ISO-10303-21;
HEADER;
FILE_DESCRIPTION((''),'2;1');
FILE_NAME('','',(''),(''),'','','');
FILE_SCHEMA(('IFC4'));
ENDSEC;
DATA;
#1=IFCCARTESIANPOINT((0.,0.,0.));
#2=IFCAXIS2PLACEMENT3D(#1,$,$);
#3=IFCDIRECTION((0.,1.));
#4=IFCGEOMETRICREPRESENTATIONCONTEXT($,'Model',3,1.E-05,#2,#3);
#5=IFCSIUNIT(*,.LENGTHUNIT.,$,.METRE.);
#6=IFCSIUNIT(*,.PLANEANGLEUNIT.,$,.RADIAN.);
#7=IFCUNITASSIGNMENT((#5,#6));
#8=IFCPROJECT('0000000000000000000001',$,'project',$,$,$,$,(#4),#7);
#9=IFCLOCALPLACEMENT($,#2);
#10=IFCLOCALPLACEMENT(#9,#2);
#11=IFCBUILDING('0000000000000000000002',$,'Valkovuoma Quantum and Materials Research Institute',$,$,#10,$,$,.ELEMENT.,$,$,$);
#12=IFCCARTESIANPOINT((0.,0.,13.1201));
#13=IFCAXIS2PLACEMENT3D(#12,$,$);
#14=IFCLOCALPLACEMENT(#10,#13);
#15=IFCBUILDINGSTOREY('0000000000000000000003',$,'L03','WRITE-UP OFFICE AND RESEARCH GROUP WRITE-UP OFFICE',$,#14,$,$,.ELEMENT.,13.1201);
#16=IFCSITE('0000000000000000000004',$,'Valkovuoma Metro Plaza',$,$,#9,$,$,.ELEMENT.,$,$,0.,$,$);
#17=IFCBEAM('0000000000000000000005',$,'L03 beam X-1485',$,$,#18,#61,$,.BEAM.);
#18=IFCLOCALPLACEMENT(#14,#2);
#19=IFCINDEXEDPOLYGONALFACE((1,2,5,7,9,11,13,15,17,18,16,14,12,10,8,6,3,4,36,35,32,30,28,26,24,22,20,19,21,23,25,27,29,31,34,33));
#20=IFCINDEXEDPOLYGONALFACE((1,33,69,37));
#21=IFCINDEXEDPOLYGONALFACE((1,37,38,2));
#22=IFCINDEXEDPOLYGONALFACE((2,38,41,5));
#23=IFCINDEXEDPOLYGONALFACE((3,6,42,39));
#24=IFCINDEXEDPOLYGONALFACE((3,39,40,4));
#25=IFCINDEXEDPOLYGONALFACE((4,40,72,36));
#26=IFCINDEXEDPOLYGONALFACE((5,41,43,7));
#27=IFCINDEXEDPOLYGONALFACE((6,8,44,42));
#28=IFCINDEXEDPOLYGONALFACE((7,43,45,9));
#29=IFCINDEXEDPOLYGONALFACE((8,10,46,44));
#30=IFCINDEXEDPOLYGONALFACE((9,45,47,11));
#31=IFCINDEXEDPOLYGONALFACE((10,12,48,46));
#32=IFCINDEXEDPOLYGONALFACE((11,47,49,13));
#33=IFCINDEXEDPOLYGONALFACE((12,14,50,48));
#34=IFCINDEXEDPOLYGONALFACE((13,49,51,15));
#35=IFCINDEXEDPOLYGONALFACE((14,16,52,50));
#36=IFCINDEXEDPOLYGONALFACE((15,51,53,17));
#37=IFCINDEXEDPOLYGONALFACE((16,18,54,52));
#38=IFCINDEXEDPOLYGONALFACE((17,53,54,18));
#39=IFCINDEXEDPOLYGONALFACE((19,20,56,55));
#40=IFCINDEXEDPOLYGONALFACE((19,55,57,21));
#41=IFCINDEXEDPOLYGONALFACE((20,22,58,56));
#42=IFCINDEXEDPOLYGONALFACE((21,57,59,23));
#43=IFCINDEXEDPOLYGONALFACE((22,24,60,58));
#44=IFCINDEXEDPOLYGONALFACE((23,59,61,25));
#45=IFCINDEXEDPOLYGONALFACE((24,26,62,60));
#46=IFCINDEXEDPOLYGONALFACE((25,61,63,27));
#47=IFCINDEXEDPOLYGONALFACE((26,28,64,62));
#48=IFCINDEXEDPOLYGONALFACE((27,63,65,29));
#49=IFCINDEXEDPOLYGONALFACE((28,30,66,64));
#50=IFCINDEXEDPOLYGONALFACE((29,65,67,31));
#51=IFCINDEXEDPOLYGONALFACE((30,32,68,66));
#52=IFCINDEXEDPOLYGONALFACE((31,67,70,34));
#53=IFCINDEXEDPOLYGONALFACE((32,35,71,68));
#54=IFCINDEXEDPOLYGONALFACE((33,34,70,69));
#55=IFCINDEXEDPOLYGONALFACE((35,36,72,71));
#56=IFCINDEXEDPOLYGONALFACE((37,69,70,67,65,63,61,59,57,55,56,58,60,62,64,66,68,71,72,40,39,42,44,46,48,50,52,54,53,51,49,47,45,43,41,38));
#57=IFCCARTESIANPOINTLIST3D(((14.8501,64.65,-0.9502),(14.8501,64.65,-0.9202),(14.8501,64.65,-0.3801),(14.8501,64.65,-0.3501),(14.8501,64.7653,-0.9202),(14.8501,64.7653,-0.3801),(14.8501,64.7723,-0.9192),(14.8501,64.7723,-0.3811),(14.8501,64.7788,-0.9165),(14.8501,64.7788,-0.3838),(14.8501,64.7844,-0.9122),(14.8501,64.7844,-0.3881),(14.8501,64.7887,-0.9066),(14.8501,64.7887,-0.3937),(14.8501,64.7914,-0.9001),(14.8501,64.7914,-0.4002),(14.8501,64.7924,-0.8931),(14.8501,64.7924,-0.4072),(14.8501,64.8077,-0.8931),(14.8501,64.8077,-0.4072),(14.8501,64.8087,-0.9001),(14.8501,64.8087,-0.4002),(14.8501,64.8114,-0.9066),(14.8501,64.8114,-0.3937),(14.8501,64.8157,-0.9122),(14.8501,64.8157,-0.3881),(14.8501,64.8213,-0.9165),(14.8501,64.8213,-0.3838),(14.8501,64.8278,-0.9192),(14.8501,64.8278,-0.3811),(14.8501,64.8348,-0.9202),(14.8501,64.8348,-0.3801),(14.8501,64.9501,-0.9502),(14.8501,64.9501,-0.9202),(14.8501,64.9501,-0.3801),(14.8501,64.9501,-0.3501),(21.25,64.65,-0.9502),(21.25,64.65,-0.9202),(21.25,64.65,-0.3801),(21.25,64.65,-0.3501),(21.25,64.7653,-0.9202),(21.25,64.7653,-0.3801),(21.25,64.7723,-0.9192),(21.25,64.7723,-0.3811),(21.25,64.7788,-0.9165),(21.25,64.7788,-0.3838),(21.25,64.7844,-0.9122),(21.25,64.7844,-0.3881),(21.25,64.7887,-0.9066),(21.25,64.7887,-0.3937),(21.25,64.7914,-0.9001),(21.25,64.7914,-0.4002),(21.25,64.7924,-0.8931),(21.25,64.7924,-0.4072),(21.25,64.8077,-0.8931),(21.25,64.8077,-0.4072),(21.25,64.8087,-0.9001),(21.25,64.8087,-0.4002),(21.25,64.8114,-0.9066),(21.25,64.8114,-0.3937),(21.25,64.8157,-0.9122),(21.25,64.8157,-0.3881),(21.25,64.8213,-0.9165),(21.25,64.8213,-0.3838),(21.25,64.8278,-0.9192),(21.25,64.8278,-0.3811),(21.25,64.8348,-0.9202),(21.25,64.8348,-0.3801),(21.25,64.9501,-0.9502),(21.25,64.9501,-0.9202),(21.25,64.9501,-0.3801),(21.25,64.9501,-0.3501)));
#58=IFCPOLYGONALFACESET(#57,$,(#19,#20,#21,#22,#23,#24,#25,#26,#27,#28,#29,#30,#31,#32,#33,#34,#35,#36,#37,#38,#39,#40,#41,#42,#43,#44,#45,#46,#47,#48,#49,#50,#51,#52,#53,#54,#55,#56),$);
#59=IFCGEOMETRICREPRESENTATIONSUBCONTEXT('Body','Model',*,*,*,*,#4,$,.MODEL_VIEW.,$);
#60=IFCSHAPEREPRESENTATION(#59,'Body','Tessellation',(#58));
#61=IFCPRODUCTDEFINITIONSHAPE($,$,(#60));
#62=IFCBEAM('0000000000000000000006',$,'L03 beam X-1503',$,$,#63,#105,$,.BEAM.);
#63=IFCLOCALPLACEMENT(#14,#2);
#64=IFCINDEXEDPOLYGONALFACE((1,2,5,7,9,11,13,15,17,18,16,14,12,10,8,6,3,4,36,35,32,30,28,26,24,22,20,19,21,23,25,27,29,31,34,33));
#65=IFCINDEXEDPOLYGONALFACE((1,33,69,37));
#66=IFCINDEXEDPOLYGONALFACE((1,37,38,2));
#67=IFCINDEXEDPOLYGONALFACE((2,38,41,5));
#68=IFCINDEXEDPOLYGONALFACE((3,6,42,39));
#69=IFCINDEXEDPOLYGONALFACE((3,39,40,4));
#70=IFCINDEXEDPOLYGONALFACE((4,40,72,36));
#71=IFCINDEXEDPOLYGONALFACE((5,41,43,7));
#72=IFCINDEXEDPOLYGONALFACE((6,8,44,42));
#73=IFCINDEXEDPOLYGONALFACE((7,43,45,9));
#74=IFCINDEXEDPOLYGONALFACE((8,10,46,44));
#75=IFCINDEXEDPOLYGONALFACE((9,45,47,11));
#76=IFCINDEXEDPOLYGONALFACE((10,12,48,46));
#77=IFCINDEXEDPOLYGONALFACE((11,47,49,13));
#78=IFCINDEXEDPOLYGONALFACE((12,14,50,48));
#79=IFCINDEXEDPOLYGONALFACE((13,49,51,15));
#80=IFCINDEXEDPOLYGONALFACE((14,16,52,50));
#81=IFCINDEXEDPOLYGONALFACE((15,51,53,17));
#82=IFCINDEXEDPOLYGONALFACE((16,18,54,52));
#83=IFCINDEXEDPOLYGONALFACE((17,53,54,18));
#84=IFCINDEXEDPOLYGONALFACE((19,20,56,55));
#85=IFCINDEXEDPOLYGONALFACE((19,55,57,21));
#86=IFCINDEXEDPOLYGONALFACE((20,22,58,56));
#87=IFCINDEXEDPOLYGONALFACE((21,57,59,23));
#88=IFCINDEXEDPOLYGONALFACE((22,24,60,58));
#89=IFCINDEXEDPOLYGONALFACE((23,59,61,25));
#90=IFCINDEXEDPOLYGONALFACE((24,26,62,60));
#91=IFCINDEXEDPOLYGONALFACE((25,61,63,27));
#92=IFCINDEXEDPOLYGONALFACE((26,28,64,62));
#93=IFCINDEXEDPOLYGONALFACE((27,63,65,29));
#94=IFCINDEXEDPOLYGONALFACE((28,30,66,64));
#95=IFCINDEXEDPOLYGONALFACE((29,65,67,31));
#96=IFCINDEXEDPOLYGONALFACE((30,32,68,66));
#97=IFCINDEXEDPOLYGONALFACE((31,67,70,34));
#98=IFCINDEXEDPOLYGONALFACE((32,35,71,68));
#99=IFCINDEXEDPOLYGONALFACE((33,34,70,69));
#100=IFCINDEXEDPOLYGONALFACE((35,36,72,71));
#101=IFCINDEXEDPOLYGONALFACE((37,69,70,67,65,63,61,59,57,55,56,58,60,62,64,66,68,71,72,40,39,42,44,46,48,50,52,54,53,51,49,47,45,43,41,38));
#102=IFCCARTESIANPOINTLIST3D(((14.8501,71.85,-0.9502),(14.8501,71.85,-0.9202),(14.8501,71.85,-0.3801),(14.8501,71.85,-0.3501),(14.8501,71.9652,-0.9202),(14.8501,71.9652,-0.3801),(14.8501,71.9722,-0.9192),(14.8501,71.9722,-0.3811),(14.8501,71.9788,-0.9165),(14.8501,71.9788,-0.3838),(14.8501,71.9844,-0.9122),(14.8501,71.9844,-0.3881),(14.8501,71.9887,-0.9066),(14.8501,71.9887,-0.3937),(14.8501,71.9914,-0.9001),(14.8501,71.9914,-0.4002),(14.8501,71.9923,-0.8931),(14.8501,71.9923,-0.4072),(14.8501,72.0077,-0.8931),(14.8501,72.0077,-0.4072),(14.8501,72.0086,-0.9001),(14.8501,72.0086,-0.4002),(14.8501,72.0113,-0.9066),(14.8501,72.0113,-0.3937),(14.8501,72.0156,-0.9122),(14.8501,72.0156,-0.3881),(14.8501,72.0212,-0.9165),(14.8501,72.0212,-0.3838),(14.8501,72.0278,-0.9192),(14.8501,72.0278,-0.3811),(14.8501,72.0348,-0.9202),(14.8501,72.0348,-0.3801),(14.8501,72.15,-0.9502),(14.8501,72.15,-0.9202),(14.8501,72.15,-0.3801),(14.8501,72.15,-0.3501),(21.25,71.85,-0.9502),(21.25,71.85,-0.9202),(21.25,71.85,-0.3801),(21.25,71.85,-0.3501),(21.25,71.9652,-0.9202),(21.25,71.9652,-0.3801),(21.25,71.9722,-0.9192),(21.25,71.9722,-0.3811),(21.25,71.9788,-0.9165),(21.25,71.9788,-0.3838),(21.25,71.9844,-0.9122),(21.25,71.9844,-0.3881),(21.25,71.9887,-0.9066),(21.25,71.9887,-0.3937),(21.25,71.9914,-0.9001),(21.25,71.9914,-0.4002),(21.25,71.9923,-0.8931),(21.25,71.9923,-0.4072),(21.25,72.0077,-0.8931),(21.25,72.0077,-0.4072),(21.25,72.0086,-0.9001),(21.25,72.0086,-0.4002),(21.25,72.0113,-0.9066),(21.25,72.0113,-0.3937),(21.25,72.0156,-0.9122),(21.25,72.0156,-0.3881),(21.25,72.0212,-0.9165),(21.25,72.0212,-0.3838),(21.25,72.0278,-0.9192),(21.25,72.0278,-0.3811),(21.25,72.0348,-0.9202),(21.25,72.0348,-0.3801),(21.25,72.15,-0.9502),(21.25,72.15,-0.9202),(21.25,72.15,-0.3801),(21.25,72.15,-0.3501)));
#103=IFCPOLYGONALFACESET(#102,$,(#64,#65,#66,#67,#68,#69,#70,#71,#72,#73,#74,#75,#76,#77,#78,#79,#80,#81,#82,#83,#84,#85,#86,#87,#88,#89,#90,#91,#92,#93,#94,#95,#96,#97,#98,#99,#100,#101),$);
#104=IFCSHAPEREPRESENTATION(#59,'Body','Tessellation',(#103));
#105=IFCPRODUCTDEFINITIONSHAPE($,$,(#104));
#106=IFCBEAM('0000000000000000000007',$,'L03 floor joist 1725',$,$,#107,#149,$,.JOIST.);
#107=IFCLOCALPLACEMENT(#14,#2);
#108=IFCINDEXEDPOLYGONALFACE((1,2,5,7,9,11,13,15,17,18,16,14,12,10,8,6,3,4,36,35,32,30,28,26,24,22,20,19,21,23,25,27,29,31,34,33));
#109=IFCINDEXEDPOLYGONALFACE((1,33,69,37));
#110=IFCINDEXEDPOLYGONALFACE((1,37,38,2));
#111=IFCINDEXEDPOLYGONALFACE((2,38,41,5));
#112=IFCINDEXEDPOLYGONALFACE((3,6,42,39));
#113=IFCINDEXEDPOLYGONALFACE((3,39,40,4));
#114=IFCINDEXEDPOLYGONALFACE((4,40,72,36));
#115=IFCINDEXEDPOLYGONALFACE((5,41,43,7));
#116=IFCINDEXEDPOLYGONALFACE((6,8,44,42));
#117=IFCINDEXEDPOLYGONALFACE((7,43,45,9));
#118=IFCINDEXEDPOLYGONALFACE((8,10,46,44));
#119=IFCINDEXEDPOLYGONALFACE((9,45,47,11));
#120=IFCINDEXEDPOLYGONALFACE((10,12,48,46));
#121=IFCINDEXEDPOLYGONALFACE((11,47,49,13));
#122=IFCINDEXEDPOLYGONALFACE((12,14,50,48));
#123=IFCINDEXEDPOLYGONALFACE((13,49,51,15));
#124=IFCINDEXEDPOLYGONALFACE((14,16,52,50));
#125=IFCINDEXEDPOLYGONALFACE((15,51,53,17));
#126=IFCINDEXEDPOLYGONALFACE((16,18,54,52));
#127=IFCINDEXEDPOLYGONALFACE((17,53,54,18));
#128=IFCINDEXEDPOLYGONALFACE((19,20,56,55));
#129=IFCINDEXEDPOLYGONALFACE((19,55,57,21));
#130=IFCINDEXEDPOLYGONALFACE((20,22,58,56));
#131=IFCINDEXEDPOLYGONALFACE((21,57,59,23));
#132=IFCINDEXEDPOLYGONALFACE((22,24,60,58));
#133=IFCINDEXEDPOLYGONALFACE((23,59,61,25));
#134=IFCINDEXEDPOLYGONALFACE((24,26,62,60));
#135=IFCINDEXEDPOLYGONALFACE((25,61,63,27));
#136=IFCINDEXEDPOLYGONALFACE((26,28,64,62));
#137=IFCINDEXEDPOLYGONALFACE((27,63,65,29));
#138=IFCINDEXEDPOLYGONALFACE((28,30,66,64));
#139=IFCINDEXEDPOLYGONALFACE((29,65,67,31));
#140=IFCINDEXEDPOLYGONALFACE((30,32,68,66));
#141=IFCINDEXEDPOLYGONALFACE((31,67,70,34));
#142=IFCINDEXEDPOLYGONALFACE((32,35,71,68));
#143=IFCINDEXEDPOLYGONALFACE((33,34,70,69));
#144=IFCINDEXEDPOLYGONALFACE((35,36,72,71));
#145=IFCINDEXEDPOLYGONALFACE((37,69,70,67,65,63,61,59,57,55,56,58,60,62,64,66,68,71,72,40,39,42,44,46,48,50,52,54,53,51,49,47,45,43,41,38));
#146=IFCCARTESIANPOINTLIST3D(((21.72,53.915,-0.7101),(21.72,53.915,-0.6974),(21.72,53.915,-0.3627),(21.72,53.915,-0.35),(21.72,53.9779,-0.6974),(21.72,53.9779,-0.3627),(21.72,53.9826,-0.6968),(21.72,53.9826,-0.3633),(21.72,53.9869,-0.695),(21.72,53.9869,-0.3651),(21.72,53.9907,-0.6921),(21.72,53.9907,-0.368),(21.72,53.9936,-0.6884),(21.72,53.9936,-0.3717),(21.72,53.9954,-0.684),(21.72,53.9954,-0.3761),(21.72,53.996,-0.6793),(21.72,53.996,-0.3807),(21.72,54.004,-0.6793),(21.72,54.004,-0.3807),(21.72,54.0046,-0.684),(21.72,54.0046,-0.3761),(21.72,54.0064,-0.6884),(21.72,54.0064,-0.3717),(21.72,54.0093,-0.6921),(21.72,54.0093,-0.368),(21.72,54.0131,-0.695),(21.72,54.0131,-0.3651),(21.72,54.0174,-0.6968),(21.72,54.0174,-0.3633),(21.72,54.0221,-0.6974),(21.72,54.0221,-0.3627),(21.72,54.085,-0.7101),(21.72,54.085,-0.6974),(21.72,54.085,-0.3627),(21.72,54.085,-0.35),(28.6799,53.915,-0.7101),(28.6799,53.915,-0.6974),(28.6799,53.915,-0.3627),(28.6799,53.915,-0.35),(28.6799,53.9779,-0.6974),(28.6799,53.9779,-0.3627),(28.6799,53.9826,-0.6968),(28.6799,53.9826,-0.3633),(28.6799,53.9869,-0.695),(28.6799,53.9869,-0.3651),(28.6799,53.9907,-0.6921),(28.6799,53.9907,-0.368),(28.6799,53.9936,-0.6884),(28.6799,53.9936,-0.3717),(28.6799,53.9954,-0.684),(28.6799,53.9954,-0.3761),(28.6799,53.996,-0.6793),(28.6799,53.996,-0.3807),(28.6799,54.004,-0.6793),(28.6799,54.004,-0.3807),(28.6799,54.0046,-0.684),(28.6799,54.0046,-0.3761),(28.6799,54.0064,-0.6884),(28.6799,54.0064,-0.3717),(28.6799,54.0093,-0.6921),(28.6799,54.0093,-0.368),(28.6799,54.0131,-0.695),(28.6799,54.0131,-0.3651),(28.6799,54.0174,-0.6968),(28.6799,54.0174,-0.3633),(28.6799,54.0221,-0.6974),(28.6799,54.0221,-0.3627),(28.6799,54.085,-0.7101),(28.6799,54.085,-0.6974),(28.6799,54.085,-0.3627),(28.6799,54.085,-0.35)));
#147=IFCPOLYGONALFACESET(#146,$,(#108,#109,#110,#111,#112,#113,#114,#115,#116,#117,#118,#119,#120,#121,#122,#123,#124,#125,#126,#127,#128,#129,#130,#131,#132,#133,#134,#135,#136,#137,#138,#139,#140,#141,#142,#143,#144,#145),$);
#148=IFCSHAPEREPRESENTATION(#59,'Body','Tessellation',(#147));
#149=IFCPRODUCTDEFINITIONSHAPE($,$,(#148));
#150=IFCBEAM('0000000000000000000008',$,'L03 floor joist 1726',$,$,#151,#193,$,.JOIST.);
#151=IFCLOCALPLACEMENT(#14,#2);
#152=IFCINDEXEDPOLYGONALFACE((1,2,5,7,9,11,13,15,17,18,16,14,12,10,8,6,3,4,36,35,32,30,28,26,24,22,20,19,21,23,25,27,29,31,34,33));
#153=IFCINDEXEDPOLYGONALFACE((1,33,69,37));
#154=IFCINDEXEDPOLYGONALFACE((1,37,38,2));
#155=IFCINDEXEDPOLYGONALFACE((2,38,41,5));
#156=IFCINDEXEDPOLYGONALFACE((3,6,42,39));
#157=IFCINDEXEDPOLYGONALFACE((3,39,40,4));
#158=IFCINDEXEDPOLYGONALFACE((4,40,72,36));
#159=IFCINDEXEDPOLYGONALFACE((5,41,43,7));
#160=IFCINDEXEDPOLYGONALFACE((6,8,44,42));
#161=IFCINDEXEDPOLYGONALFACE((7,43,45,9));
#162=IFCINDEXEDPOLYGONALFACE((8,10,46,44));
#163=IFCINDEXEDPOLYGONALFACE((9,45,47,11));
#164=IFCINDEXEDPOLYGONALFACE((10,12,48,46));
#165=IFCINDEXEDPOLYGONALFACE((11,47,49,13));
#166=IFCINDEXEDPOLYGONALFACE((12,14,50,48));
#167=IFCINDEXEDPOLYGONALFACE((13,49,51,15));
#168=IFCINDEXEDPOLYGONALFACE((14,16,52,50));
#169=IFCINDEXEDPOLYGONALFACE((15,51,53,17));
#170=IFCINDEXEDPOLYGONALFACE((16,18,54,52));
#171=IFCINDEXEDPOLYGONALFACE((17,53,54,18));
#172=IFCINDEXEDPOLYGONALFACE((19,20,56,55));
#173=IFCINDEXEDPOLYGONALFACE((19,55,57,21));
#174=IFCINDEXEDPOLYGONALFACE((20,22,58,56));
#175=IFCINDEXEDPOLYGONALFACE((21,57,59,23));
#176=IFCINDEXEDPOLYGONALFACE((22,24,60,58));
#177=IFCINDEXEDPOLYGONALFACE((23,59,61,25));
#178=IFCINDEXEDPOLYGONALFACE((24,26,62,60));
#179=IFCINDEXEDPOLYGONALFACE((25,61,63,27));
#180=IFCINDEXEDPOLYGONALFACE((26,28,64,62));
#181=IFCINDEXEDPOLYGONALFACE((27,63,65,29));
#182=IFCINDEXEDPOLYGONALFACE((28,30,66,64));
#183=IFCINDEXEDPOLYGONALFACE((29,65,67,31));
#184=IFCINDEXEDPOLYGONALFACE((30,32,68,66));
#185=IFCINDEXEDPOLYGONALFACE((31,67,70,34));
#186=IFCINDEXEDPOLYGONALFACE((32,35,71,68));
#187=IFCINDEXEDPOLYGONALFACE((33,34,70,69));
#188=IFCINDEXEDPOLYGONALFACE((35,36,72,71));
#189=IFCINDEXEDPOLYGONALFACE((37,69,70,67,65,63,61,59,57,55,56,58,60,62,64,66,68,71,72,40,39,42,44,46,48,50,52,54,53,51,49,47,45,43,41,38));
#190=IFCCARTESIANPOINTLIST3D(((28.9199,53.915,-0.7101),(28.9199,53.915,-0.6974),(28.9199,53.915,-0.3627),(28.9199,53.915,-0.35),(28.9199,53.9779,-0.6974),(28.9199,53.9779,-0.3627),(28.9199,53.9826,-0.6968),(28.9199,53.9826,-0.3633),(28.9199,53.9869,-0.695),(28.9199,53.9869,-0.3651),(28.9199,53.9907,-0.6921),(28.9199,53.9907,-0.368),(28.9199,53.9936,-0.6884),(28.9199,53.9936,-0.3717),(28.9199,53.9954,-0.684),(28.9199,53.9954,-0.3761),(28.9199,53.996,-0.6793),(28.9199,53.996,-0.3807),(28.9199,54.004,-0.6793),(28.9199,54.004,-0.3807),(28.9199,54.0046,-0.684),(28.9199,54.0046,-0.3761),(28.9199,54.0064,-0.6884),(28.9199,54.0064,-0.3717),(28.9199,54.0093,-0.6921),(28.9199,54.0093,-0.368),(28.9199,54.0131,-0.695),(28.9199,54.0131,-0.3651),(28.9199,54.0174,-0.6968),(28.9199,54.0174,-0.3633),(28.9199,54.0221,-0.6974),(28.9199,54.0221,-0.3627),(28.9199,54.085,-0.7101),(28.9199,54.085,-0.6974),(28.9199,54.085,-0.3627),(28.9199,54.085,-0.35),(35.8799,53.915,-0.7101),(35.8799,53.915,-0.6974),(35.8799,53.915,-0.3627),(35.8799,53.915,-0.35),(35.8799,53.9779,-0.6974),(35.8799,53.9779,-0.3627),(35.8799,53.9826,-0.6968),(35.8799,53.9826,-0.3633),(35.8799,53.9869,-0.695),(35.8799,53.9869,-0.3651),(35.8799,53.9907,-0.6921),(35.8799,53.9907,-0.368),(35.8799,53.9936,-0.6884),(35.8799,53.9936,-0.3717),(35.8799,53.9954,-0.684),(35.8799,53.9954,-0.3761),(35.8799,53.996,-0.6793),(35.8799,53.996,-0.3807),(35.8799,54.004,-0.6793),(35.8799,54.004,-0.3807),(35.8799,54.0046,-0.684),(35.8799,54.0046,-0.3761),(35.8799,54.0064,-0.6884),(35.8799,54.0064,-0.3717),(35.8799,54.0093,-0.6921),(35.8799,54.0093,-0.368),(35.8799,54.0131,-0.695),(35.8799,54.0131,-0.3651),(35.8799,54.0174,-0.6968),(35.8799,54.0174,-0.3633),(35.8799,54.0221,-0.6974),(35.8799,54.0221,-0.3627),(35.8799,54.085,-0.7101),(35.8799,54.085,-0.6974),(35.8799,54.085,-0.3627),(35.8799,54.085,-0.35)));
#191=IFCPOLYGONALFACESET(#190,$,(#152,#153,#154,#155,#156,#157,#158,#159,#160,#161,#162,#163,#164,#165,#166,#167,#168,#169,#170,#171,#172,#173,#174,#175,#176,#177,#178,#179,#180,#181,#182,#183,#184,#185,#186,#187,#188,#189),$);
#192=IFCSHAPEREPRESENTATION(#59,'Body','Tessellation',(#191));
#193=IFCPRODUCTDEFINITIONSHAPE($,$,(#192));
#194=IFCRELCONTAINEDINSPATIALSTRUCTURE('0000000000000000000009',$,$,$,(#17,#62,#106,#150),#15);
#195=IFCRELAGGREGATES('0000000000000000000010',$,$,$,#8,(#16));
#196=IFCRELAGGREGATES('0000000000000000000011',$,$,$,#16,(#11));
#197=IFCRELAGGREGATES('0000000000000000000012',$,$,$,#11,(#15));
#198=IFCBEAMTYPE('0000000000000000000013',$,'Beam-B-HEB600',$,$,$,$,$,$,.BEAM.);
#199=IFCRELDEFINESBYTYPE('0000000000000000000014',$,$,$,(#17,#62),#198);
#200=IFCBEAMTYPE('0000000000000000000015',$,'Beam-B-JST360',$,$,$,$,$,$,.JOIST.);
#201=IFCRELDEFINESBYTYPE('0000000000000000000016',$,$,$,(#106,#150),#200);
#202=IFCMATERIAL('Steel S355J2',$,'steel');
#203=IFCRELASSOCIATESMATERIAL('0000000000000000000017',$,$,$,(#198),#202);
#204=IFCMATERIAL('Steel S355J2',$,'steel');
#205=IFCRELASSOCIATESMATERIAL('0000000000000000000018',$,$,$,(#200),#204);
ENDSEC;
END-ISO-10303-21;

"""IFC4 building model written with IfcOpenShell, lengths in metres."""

from ifc_helpers import new_model, si_unit, direction, frame, origin, origin_2d, place, context, subcontext, project, spatial, i_section, extrude, material, material_profile, profile_set, type_object, element, save


model = new_model("IFC4")

# Units and contexts
model_context = context("Model", 3, precision=1e-05, world=origin(), true_north=direction((0.0, 1.0)))
body_context = subcontext(model_context, "Body", "Model", "MODEL_VIEW")
ifc_project = project(units=[si_unit("LENGTHUNIT", "METRE"), si_unit("PLANEANGLEUNIT", "RADIAN")], contexts=[model_context])

# Site, building, storey
site_placement = place(None, origin())
site = spatial("IfcSite", under=ifc_project, at=site_placement, Name="Valkovuoma Metro Plaza", CompositionType="ELEMENT", RefElevation=0.0)
building_placement = place(site_placement, origin())
building = spatial("IfcBuilding", under=site, at=building_placement, Name="Valkovuoma Quantum and Materials Research Institute", CompositionType="ELEMENT")
storey_placement = place(building_placement, frame((0.0, 0.0, 13.1201)))
storey = spatial("IfcBuildingStorey", under=building, at=storey_placement, Name="L03", Description="WRITE-UP OFFICE AND RESEARCH GROUP WRITE-UP OFFICE", CompositionType="ELEMENT", Elevation=13.1201)

# Beams
ifc_material_1 = material(Name="Steel S355J2", Category="steel")
ifc_material_profile_1 = material_profile(ifc_material_1, i_section(OverallWidth=0.3, OverallDepth=0.6001, WebThickness=0.0154, FlangeThickness=0.03, FilletRadius=0.0271, at=origin_2d()), Name="Steel S355J2")
ifc_profile_set_1 = profile_set([ifc_material_profile_1], Name="Steel S355J2")
beam_type_1 = type_object("IfcBeamType", Name="Beam-B-HEB600", PredefinedType="BEAM", material=ifc_profile_set_1)
for number, where, z_axis, x_axis, name in (
    (1, (14.8501, 64.8, -0.6501), (1.0, 0.0, 0.0), (0.0, 1.0, 0.0), "L03 beam X-1485"),
    (2, (14.8501, 72.0, -0.6501), (1.0, 0.0, 0.0), (0.0, 1.0, 0.0), "L03 beam X-1503"),
):
    element("IfcBeam", number, at=place(storey_placement, frame(where, z_axis=z_axis, x_axis=x_axis)), inside=storey, type_object=beam_type_1, Name=name, PredefinedType="BEAM", context=body_context, shape_type="SweptSolid", body=[
        extrude(i_section(OverallWidth=0.3, OverallDepth=0.6001, WebThickness=0.0154, FlangeThickness=0.03, FilletRadius=0.0271, at=origin_2d()), origin(), (0.0, 0.0, 1.0), 6.3999),
    ])
ifc_material_2 = material(Name="Steel S355J2", Category="steel")
ifc_material_profile_2 = material_profile(ifc_material_2, i_section(OverallWidth=0.1699, OverallDepth=0.3601, WebThickness=0.0081, FlangeThickness=0.0127, FilletRadius=0.0181, at=origin_2d()), Name="Steel S355J2")
ifc_profile_set_2 = profile_set([ifc_material_profile_2], Name="Steel S355J2")
beam_type_2 = type_object("IfcBeamType", Name="Beam-B-JST360", PredefinedType="JOIST", material=ifc_profile_set_2)
for number, where, z_axis, x_axis, name in (
    (3, (21.72, 54.0, -0.53), (1.0, 0.0, 0.0), (0.0, 1.0, 0.0), "L03 floor joist 1725"),
    (4, (28.9199, 54.0, -0.53), (1.0, 0.0, 0.0), (0.0, 1.0, 0.0), "L03 floor joist 1726"),
):
    element("IfcBeam", number, at=place(storey_placement, frame(where, z_axis=z_axis, x_axis=x_axis)), inside=storey, type_object=beam_type_2, Name=name, PredefinedType="JOIST", context=body_context, shape_type="SweptSolid", body=[
        extrude(i_section(OverallWidth=0.1699, OverallDepth=0.3601, WebThickness=0.0081, FlangeThickness=0.0127, FilletRadius=0.0181, at=origin_2d()), origin(), (0.0, 0.0, 1.0), 6.96),
    ])

save(model, "model.ifc")
